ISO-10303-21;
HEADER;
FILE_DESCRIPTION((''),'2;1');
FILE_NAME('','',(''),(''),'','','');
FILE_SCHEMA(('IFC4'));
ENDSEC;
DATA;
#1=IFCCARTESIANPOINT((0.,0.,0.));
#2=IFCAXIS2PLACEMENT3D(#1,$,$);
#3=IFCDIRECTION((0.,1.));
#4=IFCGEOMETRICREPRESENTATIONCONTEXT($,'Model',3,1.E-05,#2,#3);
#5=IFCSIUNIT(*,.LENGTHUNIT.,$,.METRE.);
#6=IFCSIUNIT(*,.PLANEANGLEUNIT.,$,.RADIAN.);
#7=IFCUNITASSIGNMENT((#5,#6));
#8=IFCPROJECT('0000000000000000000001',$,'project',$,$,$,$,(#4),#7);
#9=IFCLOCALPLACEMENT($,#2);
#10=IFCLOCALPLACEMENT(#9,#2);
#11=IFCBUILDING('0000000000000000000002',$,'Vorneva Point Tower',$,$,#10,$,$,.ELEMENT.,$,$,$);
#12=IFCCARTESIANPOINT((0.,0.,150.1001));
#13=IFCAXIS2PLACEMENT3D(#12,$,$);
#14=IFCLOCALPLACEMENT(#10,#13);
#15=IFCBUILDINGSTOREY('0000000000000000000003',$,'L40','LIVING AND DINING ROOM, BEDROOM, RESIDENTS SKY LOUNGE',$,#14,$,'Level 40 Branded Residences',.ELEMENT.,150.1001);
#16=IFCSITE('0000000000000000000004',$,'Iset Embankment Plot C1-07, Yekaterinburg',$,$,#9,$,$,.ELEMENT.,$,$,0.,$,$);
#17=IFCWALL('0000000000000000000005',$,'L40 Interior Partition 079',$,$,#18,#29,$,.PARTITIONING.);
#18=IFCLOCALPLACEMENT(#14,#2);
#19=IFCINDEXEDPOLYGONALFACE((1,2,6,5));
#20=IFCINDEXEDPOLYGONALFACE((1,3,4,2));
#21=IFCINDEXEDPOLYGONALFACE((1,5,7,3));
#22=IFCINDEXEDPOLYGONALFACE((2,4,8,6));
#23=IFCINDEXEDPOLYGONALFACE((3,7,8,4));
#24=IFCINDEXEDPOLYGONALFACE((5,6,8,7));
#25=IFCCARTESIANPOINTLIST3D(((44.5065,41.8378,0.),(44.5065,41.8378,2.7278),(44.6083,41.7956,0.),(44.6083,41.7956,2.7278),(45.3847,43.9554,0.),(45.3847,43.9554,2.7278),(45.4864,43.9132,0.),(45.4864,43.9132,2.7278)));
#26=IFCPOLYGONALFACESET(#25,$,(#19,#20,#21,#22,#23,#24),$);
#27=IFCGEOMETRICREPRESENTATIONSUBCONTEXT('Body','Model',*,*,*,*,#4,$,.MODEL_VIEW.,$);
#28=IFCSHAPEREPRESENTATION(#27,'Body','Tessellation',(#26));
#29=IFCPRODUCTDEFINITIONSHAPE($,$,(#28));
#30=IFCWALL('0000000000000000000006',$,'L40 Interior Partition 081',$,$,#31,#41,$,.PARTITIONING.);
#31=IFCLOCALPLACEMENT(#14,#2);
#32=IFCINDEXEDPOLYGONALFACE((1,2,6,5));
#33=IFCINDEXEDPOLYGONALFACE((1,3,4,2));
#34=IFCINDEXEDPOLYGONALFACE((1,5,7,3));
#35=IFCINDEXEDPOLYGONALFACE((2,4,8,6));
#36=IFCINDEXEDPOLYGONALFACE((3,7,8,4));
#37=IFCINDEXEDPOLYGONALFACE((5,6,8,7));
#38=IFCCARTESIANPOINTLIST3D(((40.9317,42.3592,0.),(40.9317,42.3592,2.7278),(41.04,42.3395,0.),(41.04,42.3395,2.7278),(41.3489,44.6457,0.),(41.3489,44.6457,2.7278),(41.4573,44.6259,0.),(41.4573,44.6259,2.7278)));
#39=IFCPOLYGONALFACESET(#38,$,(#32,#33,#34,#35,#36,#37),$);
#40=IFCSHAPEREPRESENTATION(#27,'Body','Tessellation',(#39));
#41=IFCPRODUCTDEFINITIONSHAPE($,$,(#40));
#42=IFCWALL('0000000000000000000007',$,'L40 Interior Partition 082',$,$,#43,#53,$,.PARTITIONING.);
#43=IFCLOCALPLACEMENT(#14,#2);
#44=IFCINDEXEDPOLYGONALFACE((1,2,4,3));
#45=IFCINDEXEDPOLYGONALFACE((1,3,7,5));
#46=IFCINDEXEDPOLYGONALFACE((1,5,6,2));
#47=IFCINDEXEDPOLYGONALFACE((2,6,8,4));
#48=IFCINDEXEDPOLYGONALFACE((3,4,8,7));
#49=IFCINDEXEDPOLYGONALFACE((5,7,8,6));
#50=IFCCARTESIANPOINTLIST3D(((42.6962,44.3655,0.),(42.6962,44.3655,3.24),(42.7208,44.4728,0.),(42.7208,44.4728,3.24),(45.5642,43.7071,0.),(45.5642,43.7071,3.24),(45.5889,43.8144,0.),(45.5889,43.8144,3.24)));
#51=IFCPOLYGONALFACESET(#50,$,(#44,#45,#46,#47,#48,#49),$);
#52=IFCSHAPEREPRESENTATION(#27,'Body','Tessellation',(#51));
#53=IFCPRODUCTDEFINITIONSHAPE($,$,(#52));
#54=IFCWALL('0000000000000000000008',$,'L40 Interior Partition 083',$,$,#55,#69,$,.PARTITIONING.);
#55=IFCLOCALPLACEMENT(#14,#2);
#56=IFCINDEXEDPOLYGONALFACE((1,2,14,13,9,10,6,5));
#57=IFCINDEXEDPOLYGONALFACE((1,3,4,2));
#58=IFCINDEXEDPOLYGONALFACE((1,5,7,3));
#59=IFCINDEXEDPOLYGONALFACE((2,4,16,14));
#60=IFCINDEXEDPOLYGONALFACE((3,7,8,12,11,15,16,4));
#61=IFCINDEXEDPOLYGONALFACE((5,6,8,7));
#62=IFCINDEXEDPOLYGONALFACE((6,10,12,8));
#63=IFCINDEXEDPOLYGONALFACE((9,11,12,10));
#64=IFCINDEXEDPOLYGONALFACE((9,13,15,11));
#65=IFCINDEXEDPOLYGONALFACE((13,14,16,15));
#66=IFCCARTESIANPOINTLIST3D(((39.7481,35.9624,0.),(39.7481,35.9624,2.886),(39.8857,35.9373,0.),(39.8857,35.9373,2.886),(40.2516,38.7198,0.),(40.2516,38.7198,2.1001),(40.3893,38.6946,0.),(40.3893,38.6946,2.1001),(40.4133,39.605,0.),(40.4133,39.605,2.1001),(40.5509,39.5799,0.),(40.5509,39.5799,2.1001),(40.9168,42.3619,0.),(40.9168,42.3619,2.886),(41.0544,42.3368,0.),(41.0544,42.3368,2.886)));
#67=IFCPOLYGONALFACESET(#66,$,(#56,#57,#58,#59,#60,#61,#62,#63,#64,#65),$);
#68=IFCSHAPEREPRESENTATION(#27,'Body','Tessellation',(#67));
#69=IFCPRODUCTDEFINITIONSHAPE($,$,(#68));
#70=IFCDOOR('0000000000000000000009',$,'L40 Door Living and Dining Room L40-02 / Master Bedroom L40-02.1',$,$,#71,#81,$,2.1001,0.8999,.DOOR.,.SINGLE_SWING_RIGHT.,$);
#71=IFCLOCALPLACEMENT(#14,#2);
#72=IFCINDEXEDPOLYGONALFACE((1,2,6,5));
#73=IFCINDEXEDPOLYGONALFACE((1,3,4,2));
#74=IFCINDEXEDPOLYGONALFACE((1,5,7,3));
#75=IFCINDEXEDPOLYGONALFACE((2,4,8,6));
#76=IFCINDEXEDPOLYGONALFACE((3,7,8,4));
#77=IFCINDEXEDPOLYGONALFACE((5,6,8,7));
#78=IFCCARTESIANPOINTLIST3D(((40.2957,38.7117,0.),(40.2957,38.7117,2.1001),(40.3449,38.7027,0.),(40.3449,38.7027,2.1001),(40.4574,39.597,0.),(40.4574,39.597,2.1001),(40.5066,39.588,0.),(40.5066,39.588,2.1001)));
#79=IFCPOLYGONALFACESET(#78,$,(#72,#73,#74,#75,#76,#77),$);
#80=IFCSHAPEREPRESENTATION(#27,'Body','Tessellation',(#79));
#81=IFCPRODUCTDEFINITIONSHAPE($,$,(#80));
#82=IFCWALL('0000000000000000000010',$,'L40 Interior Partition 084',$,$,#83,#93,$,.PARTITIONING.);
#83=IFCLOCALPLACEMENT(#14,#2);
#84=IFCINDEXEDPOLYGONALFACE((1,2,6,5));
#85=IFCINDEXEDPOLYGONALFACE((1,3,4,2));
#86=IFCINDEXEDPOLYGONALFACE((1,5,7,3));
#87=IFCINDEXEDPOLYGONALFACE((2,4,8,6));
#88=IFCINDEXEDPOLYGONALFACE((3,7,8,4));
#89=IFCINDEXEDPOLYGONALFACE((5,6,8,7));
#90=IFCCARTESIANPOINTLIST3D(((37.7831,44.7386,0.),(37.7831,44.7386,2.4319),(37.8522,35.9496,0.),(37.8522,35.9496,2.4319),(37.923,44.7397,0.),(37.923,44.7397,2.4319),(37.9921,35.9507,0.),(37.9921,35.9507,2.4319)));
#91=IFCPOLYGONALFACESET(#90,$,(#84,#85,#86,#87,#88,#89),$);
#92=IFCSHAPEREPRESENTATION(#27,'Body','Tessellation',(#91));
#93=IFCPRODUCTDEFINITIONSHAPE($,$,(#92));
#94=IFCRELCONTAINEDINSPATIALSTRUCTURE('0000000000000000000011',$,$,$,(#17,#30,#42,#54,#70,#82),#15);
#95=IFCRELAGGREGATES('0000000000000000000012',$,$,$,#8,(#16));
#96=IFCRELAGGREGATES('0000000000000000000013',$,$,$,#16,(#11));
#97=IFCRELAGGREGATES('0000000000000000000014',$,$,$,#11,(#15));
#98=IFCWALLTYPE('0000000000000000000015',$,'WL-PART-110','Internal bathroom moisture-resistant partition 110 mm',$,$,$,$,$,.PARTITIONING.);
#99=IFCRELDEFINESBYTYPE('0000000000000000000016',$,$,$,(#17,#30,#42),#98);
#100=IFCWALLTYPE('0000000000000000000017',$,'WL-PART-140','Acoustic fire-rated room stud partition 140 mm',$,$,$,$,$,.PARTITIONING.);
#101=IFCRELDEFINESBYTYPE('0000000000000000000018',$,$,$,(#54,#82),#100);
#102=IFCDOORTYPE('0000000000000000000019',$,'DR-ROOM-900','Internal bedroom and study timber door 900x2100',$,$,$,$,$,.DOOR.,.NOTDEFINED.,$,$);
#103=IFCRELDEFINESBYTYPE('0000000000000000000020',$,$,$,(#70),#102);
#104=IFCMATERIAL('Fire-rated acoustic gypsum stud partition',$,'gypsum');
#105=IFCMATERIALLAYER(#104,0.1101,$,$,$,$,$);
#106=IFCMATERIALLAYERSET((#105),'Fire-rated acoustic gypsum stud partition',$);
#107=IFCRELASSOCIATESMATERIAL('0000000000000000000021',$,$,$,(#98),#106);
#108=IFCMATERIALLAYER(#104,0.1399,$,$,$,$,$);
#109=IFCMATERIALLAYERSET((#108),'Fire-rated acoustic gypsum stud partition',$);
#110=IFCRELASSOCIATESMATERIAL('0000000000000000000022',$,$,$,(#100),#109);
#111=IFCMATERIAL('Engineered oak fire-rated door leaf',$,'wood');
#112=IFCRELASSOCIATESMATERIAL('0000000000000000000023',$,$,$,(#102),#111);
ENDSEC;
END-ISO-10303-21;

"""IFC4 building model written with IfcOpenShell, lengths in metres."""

from ifc_helpers import new_model, si_unit, direction, frame, frame_2d, origin, place, context, subcontext, project, spatial, rectangle, extrude, material, layer, layer_set, type_object, element, fill, save


model = new_model("IFC4")

# Units and contexts
model_context = context("Model", 3, precision=1e-05, world=origin(), true_north=direction((0.0, 1.0)))
body_context = subcontext(model_context, "Body", "Model", "MODEL_VIEW")
ifc_project = project(units=[si_unit("LENGTHUNIT", "METRE"), si_unit("PLANEANGLEUNIT", "RADIAN")], contexts=[model_context])

# Site, building, storey
site_placement = place(None, origin())
site = spatial("IfcSite", under=ifc_project, at=site_placement, Name="Iset Embankment Plot C1-07, Yekaterinburg", CompositionType="ELEMENT", RefElevation=0.0)
building_placement = place(site_placement, origin())
building = spatial("IfcBuilding", under=site, at=building_placement, Name="Vorneva Point Tower", CompositionType="ELEMENT")
storey_placement = place(building_placement, frame((0.0, 0.0, 150.1001)))
storey = spatial("IfcBuildingStorey", under=building, at=storey_placement, Name="L40", Description="LIVING AND DINING ROOM, BEDROOM, RESIDENTS SKY LOUNGE", LongName="Level 40 Branded Residences", CompositionType="ELEMENT", Elevation=150.1001)

# Walls
ifc_material_1 = material(Name="Fire-rated acoustic gypsum stud partition", Category="gypsum")
ifc_layer_1 = layer(ifc_material_1, 0.1101)
ifc_layer_set_1 = layer_set([ifc_layer_1], Name="Fire-rated acoustic gypsum stud partition")
wall_type_1 = type_object("IfcWallType", Name="WL-PART-110", Description="Internal bathroom moisture-resistant partition 110 mm", PredefinedType="PARTITIONING", material=ifc_layer_set_1)
wall_1_placement = place(storey_placement, frame((45.4355, 43.9343, 0.0), z_axis=(0.0, 0.0, 1.0), x_axis=(-0.383057, -0.923725, 0.0)))
element("IfcWall", 1, at=wall_1_placement, inside=storey, type_object=wall_type_1, Name="L40 Interior Partition 079", PredefinedType="PARTITIONING", context=body_context, shape_type="SweptSolid", body=[
    extrude(rectangle(XDim=2.2925, YDim=0.1101, at=frame_2d((1.1462, 0.0))), origin(), (0.0, 0.0, 1.0), 2.7278),
])
wall_2_placement = place(storey_placement, frame((40.9858, 42.3494, 0.0), z_axis=(0.0, 0.0, 1.0), x_axis=(0.179523, 0.983754, 0.0)))
element("IfcWall", 2, at=wall_2_placement, inside=storey, type_object=wall_type_1, Name="L40 Interior Partition 081", PredefinedType="PARTITIONING", context=body_context, shape_type="SweptSolid", body=[
    extrude(rectangle(XDim=2.3242, YDim=0.1101, at=frame_2d((1.1621, 0.0))), origin(), (0.0, 0.0, 1.0), 2.7278),
])
wall_3_placement = place(storey_placement, frame((45.5764, 43.7607, 0.0), z_axis=(0.0, 0.0, 1.0), x_axis=(-0.974642, 0.223769, 0.0)))
element("IfcWall", 3, at=wall_3_placement, inside=storey, type_object=wall_type_1, Name="L40 Interior Partition 082", PredefinedType="PARTITIONING", context=body_context, shape_type="SweptSolid", body=[
    extrude(rectangle(XDim=2.9426, YDim=0.1101, at=frame_2d((1.4712, 0.0))), origin(), (0.0, 0.0, 1.0), 3.24),
])

# Wall, opening, door
ifc_layer_2 = layer(ifc_material_1, 0.1399)
ifc_layer_set_2 = layer_set([ifc_layer_2], Name="Fire-rated acoustic gypsum stud partition")
wall_type_2 = type_object("IfcWallType", Name="WL-PART-140", Description="Acoustic fire-rated room stud partition 140 mm", PredefinedType="PARTITIONING", material=ifc_layer_set_2)
wall_4_placement = place(storey_placement, frame((40.9856, 42.3494, 0.0), z_axis=(0.0, 0.0, 1.0), x_axis=(-0.179655, -0.98373, 0.0)))
wall_4 = element("IfcWall", 4, at=wall_4_placement, inside=storey, type_object=wall_type_2, Name="L40 Interior Partition 083", PredefinedType="PARTITIONING", context=body_context, shape_type="SweptSolid", body=[
    extrude(rectangle(XDim=6.5054, YDim=0.1399, at=frame_2d((3.2527, 0.0))), origin(), (0.0, 0.0, 1.0), 2.886),
])
opening_1_placement = place(wall_4_placement, frame((2.8025, 0.0, 0.0)))
opening_1 = element("IfcOpeningElement", 5, at=opening_1_placement, cuts=wall_4, PredefinedType="OPENING", context=body_context, shape_type="SweptSolid", body=[
    extrude(rectangle(XDim=0.8999, YDim=2.1001, at=frame_2d((0.45, 1.05))), frame((0.0, 0.085, 0.0), z_axis=(0.0, -1.0, 0.0), x_axis=(1.0, 0.0, 0.0)), (0.0, 0.0, 1.0), 0.1697),
])
ifc_material_2 = material(Name="Engineered oak fire-rated door leaf", Category="wood")
door_type_1 = type_object("IfcDoorType", Name="DR-ROOM-900", Description="Internal bedroom and study timber door 900x2100", OperationType="NOTDEFINED", PredefinedType="DOOR", material=ifc_material_2)
door_1_placement = place(opening_1_placement, origin())
door_1 = element("IfcDoor", 6, at=door_1_placement, inside=storey, type_object=door_type_1, Name="L40 Door Living and Dining Room L40-02 / Master Bedroom L40-02.1", OperationType="SINGLE_SWING_RIGHT", OverallHeight=2.1001, OverallWidth=0.8999, PredefinedType="DOOR", context=body_context, shape_type="SweptSolid", body=[
    extrude(rectangle(XDim=0.8999, YDim=2.1001, at=frame_2d((0.45, 1.05))), frame((0.0, 0.0249, 0.0), z_axis=(0.0, -1.0, 0.0), x_axis=(1.0, 0.0, 0.0)), (0.0, 0.0, 1.0), 0.05),
])
fill(opening_1, door_1)

# Wall
wall_5_placement = place(storey_placement, frame((37.853, 44.739, 0.0), z_axis=(0.0, 0.0, 1.0), x_axis=(0.007861, -0.999969, 0.0)))
element("IfcWall", 7, at=wall_5_placement, inside=storey, type_object=wall_type_2, Name="L40 Interior Partition 084", PredefinedType="PARTITIONING", context=body_context, shape_type="SweptSolid", body=[
    extrude(rectangle(XDim=8.7893, YDim=0.1399, at=frame_2d((4.3945, 0.0))), origin(), (0.0, 0.0, 1.0), 2.4319),
])

save(model, "model.ifc")
